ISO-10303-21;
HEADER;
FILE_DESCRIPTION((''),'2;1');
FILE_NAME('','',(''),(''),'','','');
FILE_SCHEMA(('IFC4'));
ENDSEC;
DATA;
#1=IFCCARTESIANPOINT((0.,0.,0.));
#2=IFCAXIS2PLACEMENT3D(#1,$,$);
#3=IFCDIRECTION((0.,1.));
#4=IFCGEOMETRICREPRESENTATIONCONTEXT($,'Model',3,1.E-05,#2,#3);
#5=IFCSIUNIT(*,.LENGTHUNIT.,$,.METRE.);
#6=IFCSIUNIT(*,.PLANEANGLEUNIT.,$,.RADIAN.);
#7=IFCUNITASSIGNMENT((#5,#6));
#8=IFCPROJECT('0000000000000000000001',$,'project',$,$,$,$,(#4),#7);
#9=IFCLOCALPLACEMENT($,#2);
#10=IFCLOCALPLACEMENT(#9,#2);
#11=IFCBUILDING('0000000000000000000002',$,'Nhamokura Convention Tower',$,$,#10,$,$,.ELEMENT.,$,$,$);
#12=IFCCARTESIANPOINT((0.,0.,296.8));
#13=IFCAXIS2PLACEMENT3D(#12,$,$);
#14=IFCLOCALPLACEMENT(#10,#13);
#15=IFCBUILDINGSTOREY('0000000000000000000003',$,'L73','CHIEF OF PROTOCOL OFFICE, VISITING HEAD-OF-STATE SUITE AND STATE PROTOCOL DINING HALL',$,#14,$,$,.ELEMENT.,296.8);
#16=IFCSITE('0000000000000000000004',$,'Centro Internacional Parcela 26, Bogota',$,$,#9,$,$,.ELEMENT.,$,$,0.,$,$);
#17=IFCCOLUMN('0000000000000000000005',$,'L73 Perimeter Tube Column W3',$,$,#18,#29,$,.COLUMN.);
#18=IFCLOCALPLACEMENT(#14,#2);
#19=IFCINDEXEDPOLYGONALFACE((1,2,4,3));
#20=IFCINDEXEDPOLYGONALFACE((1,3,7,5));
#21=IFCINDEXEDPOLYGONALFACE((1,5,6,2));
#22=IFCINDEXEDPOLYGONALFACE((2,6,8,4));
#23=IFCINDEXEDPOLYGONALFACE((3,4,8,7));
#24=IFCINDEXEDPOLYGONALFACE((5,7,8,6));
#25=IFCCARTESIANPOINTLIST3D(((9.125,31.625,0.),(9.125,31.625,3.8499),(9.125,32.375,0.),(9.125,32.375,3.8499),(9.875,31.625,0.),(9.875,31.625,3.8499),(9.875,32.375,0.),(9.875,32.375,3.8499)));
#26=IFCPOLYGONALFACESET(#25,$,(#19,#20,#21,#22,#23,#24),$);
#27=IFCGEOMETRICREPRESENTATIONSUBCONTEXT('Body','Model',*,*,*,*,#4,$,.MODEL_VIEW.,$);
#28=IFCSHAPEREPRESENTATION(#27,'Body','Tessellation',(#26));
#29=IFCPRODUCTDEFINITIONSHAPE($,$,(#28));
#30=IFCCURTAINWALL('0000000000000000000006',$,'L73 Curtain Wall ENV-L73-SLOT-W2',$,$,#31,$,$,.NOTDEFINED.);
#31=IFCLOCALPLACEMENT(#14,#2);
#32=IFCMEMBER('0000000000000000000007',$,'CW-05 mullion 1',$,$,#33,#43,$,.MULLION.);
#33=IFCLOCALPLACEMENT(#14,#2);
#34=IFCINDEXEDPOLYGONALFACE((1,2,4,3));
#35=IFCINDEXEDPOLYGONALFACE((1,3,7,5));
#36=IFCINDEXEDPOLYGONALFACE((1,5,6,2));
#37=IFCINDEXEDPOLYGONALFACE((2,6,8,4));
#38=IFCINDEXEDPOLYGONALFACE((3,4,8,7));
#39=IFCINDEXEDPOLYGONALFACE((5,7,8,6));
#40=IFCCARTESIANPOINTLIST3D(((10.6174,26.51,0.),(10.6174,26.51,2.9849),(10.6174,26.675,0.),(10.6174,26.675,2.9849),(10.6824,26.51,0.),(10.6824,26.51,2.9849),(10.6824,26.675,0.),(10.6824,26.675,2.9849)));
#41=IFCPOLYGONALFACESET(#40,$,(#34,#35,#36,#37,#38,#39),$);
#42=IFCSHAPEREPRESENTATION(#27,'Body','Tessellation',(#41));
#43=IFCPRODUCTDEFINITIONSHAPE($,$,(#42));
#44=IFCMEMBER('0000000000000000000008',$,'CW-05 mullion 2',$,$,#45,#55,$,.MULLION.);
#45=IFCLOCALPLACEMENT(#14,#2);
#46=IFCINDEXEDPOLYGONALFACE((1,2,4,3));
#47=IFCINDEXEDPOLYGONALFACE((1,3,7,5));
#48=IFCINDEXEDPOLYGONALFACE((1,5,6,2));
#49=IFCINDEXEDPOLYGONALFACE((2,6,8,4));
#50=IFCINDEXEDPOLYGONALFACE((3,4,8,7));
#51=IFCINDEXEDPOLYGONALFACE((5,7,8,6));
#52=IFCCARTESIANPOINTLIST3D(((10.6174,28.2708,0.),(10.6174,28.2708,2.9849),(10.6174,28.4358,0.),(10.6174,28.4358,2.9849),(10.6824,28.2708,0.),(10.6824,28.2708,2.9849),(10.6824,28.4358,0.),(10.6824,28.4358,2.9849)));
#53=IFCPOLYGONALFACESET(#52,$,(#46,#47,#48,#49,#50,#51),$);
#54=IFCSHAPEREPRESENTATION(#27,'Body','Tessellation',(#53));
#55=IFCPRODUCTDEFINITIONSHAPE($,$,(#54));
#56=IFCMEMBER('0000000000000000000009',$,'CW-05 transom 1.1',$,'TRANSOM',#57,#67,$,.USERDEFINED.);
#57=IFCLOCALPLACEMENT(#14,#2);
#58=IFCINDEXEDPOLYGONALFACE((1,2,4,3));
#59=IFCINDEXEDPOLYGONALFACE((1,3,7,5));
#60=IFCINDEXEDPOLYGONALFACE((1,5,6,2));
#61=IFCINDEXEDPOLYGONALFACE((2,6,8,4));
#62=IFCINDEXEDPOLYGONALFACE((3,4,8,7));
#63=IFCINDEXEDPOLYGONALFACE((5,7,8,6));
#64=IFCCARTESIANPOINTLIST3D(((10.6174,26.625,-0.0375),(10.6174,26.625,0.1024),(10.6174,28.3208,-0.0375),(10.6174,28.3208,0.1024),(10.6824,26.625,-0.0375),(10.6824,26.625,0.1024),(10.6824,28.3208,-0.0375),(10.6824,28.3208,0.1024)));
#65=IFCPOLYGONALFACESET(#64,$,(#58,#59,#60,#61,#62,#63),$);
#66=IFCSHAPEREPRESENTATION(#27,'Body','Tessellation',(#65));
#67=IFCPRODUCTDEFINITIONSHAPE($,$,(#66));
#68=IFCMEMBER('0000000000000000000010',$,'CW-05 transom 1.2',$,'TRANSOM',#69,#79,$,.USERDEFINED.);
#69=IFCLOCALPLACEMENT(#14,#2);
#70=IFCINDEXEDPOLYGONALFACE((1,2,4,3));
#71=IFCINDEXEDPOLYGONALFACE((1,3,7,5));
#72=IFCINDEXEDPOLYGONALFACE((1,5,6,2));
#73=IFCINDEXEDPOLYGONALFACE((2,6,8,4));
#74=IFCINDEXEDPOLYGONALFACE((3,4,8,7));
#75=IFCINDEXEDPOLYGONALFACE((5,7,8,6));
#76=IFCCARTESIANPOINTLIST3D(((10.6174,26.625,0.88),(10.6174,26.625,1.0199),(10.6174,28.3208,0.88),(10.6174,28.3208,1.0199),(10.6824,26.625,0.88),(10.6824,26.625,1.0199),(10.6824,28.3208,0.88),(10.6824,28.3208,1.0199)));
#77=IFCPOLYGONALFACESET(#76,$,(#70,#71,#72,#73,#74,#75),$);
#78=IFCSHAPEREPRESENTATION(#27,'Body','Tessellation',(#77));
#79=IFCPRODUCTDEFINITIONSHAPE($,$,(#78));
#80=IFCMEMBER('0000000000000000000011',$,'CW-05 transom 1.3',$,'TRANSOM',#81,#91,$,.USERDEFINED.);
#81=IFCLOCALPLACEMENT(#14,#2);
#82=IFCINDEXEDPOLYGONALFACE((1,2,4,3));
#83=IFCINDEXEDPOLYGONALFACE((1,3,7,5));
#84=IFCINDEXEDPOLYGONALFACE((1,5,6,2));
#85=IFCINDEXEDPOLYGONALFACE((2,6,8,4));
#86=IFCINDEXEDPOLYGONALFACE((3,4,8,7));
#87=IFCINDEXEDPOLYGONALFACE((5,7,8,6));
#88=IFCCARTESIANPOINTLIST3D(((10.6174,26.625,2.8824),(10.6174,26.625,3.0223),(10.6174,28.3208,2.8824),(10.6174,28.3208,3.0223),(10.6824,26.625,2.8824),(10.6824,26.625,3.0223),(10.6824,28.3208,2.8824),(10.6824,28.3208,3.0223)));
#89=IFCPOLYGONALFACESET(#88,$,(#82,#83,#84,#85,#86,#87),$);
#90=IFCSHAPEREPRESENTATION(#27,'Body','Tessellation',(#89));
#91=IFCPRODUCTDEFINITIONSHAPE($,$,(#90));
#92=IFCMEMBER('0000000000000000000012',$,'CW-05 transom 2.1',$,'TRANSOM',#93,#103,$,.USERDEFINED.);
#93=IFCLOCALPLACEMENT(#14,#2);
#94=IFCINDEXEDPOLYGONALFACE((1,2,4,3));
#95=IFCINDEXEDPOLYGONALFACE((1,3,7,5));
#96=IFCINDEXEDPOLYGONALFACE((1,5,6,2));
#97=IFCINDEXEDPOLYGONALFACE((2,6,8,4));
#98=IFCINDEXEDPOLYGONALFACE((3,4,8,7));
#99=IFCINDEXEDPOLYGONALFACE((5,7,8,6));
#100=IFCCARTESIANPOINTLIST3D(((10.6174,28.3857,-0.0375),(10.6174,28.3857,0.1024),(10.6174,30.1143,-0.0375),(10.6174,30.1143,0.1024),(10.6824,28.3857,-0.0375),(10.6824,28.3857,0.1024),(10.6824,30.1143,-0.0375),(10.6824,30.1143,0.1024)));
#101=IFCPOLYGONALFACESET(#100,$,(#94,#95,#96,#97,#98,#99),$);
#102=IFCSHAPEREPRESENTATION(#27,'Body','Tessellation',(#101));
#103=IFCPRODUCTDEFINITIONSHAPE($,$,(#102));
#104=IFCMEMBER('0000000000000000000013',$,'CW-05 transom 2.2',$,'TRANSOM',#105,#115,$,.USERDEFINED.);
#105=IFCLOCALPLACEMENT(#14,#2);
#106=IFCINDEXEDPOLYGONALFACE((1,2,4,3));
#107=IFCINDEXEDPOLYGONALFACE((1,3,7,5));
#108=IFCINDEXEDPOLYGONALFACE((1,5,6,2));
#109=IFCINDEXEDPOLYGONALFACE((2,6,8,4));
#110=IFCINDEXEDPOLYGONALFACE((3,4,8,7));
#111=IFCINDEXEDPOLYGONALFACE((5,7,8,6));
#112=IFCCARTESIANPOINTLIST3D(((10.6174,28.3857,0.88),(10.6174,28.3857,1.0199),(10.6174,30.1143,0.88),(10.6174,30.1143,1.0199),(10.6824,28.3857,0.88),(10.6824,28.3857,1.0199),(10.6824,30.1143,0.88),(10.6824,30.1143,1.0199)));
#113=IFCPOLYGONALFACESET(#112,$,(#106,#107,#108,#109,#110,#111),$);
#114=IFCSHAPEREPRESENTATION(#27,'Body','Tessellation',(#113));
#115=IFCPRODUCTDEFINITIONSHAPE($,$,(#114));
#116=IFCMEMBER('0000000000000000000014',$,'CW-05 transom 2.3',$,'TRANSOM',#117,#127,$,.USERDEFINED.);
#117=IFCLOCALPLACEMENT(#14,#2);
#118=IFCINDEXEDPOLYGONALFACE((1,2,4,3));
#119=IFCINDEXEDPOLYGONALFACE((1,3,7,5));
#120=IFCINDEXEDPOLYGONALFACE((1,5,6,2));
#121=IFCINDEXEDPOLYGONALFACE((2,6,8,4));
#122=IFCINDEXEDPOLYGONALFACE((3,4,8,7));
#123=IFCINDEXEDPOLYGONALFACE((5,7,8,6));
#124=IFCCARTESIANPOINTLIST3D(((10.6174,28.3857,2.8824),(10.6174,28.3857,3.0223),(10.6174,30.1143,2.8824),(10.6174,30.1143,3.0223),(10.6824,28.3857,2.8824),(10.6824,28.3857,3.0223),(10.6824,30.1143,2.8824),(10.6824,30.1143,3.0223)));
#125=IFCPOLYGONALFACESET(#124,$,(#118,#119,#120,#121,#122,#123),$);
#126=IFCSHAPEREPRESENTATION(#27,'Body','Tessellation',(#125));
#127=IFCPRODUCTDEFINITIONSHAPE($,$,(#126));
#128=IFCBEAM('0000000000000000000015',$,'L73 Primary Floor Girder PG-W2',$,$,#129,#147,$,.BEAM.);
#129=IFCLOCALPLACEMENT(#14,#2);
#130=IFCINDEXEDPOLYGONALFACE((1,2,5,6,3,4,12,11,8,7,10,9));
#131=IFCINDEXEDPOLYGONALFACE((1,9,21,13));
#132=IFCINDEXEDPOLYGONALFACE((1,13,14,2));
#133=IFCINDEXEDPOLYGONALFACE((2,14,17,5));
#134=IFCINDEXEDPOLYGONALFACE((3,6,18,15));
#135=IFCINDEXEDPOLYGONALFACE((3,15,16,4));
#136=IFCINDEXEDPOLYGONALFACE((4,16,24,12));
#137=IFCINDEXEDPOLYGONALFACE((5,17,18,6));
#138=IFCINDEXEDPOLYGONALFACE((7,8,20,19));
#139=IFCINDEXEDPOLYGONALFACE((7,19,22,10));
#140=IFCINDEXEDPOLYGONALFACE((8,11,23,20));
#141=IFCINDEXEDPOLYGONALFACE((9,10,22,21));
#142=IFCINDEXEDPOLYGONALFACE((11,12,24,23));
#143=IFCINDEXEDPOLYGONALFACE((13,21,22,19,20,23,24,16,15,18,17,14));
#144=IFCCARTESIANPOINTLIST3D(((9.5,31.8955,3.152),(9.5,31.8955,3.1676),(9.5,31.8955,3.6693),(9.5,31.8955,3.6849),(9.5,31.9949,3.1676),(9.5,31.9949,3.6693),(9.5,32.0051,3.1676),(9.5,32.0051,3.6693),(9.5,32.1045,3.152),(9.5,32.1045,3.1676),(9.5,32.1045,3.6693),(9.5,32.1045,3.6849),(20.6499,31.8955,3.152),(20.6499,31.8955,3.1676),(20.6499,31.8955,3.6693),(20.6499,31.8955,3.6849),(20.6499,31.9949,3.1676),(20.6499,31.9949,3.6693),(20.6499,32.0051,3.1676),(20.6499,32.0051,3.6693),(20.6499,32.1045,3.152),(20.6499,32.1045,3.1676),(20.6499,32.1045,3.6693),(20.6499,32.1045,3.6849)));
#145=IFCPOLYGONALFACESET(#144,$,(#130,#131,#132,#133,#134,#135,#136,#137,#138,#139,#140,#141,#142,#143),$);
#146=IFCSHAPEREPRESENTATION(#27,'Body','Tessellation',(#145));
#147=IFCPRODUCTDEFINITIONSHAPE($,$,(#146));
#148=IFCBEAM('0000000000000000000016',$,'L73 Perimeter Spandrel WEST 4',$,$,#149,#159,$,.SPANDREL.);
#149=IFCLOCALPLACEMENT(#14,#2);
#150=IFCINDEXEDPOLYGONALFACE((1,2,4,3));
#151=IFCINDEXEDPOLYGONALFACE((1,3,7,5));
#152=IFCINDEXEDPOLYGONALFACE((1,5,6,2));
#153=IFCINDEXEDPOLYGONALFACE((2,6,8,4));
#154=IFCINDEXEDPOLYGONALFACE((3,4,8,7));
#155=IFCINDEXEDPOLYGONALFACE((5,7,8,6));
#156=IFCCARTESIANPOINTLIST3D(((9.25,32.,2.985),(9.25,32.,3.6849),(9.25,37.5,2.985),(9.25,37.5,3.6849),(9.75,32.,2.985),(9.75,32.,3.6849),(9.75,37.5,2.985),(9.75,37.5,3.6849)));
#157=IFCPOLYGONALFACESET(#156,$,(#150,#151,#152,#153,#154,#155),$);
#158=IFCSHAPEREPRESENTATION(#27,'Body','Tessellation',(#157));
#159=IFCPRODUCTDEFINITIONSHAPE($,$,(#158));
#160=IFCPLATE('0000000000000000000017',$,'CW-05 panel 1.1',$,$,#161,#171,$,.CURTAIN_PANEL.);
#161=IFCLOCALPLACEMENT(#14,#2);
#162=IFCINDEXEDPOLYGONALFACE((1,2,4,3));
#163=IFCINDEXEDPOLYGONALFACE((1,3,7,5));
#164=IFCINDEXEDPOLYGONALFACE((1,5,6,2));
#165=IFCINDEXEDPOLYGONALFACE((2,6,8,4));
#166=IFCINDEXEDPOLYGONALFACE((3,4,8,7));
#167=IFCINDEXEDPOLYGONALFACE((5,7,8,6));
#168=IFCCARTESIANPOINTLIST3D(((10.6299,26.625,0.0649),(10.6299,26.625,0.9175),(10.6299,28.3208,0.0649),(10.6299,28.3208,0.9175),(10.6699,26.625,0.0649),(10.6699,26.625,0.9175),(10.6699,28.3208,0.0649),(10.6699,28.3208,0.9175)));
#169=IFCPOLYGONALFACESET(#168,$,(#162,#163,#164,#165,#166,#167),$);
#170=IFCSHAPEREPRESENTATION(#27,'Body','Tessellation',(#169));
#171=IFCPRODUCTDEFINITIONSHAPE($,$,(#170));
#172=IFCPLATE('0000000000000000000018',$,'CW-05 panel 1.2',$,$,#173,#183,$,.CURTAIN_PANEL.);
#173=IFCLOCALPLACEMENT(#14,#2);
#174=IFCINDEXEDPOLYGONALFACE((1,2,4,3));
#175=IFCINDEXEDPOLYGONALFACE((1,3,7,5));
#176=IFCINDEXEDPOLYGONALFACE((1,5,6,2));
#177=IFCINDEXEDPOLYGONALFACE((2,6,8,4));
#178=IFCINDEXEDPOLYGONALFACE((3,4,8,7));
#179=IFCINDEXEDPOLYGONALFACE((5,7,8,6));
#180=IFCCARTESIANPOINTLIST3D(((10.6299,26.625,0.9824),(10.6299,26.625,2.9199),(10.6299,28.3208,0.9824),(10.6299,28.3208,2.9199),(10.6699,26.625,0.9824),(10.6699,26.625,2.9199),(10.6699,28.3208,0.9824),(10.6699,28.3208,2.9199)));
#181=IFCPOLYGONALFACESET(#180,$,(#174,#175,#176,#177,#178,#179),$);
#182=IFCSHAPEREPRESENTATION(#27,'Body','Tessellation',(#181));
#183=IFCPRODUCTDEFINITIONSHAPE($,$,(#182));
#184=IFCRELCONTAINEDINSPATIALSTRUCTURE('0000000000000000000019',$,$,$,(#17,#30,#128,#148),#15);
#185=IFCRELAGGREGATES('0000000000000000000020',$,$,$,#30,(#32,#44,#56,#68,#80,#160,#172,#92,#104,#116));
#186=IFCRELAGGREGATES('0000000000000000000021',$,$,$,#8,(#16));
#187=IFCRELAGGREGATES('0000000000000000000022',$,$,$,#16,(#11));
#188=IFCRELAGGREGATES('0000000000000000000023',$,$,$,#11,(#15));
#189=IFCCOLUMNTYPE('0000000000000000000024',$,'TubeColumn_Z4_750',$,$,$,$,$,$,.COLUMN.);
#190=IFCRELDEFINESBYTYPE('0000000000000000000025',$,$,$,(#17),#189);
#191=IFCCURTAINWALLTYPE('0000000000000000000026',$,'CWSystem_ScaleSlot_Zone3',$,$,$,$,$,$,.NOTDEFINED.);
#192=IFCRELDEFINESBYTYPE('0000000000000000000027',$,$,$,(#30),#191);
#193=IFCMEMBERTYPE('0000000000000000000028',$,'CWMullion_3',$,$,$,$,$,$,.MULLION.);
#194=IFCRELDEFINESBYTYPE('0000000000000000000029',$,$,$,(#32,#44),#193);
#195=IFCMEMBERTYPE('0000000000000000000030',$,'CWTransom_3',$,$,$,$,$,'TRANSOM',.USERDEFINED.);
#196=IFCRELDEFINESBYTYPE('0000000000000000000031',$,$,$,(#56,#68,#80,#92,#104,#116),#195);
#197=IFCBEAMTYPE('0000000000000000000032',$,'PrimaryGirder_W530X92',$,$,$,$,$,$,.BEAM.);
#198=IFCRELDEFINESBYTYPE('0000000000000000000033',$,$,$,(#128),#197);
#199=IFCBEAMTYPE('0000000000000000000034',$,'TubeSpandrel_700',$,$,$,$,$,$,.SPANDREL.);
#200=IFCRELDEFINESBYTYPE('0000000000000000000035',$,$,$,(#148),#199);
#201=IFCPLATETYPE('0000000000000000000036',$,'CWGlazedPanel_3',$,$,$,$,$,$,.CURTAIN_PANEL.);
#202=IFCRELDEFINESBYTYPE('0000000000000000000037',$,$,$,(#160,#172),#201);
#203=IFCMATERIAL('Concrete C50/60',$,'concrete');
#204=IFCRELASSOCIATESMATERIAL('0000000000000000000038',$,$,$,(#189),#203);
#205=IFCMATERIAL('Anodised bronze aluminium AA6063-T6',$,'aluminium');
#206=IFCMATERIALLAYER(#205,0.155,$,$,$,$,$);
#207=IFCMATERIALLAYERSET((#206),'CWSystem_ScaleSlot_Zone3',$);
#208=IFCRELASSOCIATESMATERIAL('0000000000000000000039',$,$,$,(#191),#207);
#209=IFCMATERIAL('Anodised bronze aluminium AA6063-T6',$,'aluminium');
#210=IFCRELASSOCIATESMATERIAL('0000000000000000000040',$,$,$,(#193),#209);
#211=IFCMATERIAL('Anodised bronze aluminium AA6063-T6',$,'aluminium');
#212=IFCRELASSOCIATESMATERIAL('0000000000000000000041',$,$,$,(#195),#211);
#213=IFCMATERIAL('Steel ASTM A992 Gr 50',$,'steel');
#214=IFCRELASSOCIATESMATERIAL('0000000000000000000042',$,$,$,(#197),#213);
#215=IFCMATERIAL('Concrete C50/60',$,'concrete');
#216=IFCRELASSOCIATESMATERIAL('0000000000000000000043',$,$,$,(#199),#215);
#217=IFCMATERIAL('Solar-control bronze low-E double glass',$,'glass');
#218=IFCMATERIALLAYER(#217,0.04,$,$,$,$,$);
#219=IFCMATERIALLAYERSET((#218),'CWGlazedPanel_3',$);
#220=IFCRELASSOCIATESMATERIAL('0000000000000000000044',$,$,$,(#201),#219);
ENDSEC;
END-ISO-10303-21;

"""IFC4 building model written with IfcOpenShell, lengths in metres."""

from ifc_helpers import new_model, si_unit, direction, frame, origin, origin_2d, place, context, subcontext, project, spatial, rectangle, i_section, extrude, material, layer, layer_set, material_profile, profile_set, type_object, element, aggregate, save


model = new_model("IFC4")

# Units and contexts
model_context = context("Model", 3, precision=1e-05, world=origin(), true_north=direction((0.0, 1.0)))
body_context = subcontext(model_context, "Body", "Model", "MODEL_VIEW")
ifc_project = project(units=[si_unit("LENGTHUNIT", "METRE"), si_unit("PLANEANGLEUNIT", "RADIAN")], contexts=[model_context])

# Site, building, storey
site_placement = place(None, origin())
site = spatial("IfcSite", under=ifc_project, at=site_placement, Name="Centro Internacional Parcela 26, Bogota", CompositionType="ELEMENT", RefElevation=0.0)
building_placement = place(site_placement, origin())
building = spatial("IfcBuilding", under=site, at=building_placement, Name="Nhamokura Convention Tower", CompositionType="ELEMENT")
storey_placement = place(building_placement, frame((0.0, 0.0, 296.8)))
storey = spatial("IfcBuildingStorey", under=building, at=storey_placement, Name="L73", Description="CHIEF OF PROTOCOL OFFICE, VISITING HEAD-OF-STATE SUITE AND STATE PROTOCOL DINING HALL", CompositionType="ELEMENT", Elevation=296.8)

# Column
ifc_material_1 = material(Name="Concrete C50/60", Category="concrete")
ifc_material_profile_1 = material_profile(ifc_material_1, rectangle(XDim=0.75, YDim=0.75, at=origin_2d()))
ifc_profile_set_1 = profile_set([ifc_material_profile_1], Name="Concrete C50/60")
column_type = type_object("IfcColumnType", Name="TubeColumn_Z4_750", PredefinedType="COLUMN", material=ifc_profile_set_1)
column_placement = place(storey_placement, frame((9.5, 32.0, 0.0), z_axis=(0.0, 0.0, 1.0), x_axis=(1.0, 0.0, 0.0)))
element("IfcColumn", 1, at=column_placement, inside=storey, type_object=column_type, Name="L73 Perimeter Tube Column W3", PredefinedType="COLUMN", context=body_context, shape_type="SweptSolid", body=[
    extrude(rectangle(XDim=0.75, YDim=0.75, at=origin_2d()), origin(), (0.0, 0.0, 1.0), 3.8499),
])

# Curtain wall, members
ifc_material_2 = material(Name="Anodised bronze aluminium AA6063-T6", Category="aluminium")
ifc_layer_1 = layer(ifc_material_2, 0.155)
ifc_layer_set_1 = layer_set([ifc_layer_1], Name="CWSystem_ScaleSlot_Zone3")
curtain_wall_type = type_object("IfcCurtainWallType", Name="CWSystem_ScaleSlot_Zone3", PredefinedType="NOTDEFINED", material=ifc_layer_set_1)
curtain_wall_placement = place(storey_placement, origin())
curtain_wall = element("IfcCurtainWall", 2, at=curtain_wall_placement, inside=storey, type_object=curtain_wall_type, Name="L73 Curtain Wall ENV-L73-SLOT-W2", PredefinedType="NOTDEFINED")
ifc_material_3 = material(Name="Anodised bronze aluminium AA6063-T6", Category="aluminium")
ifc_material_profile_2 = material_profile(ifc_material_3, rectangle(XDim=0.0649, YDim=0.165, at=origin_2d()))
ifc_profile_set_2 = profile_set([ifc_material_profile_2], Name="Anodised bronze aluminium AA6063-T6")
member_type_1 = type_object("IfcMemberType", Name="CWMullion_3", PredefinedType="MULLION", material=ifc_profile_set_2)
member_1_placement = place(storey_placement, frame((10.6499, 26.5925, 0.0), z_axis=(0.0, 0.0, 1.0), x_axis=(-1.0, 0.0, 0.0)))
member_1 = element("IfcMember", 3, at=member_1_placement, type_object=member_type_1, Name="CW-05 mullion 1", PredefinedType="MULLION", context=body_context, shape_type="SweptSolid", body=[
    extrude(rectangle(XDim=0.0649, YDim=0.165, at=origin_2d()), origin(), (0.0, 0.0, 1.0), 2.9849),
])
member_2_placement = place(storey_placement, frame((10.6499, 28.3533, 0.0), z_axis=(0.0, 0.0, 1.0), x_axis=(-1.0, 0.0, 0.0)))
member_2 = element("IfcMember", 4, at=member_2_placement, type_object=member_type_1, Name="CW-05 mullion 2", PredefinedType="MULLION", context=body_context, shape_type="SweptSolid", body=[
    extrude(rectangle(XDim=0.0649, YDim=0.165, at=origin_2d()), origin(), (0.0, 0.0, 1.0), 2.9849),
])
ifc_material_4 = material(Name="Anodised bronze aluminium AA6063-T6", Category="aluminium")
ifc_material_profile_3 = material_profile(ifc_material_4, rectangle(XDim=0.0649, YDim=0.1399, at=origin_2d()))
ifc_profile_set_3 = profile_set([ifc_material_profile_3], Name="Anodised bronze aluminium AA6063-T6")
member_type_2 = type_object("IfcMemberType", Name="CWTransom_3", ElementType="TRANSOM", PredefinedType="USERDEFINED", material=ifc_profile_set_3)
member_3_placement = place(storey_placement, frame((10.6499, 26.625, 0.0325), z_axis=(0.0, 1.0, 0.0), x_axis=(-1.0, 0.0, 0.0)))
member_3 = element("IfcMember", 5, at=member_3_placement, type_object=member_type_2, Name="CW-05 transom 1.1", ObjectType="TRANSOM", PredefinedType="USERDEFINED", context=body_context, shape_type="SweptSolid", body=[
    extrude(rectangle(XDim=0.0649, YDim=0.1399, at=origin_2d()), origin(), (0.0, 0.0, 1.0), 1.6958),
])
member_4_placement = place(storey_placement, frame((10.6499, 26.625, 0.95), z_axis=(0.0, 1.0, 0.0), x_axis=(-1.0, 0.0, 0.0)))
member_4 = element("IfcMember", 6, at=member_4_placement, type_object=member_type_2, Name="CW-05 transom 1.2", ObjectType="TRANSOM", PredefinedType="USERDEFINED", context=body_context, shape_type="SweptSolid", body=[
    extrude(rectangle(XDim=0.0649, YDim=0.1399, at=origin_2d()), origin(), (0.0, 0.0, 1.0), 1.6958),
])
member_5_placement = place(storey_placement, frame((10.6499, 26.625, 2.9524), z_axis=(0.0, 1.0, 0.0), x_axis=(-1.0, 0.0, 0.0)))
member_5 = element("IfcMember", 7, at=member_5_placement, type_object=member_type_2, Name="CW-05 transom 1.3", ObjectType="TRANSOM", PredefinedType="USERDEFINED", context=body_context, shape_type="SweptSolid", body=[
    extrude(rectangle(XDim=0.0649, YDim=0.1399, at=origin_2d()), origin(), (0.0, 0.0, 1.0), 1.6958),
])
member_6_placement = place(storey_placement, frame((10.6499, 28.3857, 0.0325), z_axis=(0.0, 1.0, 0.0), x_axis=(-1.0, 0.0, 0.0)))
member_6 = element("IfcMember", 8, at=member_6_placement, type_object=member_type_2, Name="CW-05 transom 2.1", ObjectType="TRANSOM", PredefinedType="USERDEFINED", context=body_context, shape_type="SweptSolid", body=[
    extrude(rectangle(XDim=0.0649, YDim=0.1399, at=origin_2d()), origin(), (0.0, 0.0, 1.0), 1.7285),
])
member_7_placement = place(storey_placement, frame((10.6499, 28.3857, 0.95), z_axis=(0.0, 1.0, 0.0), x_axis=(-1.0, 0.0, 0.0)))
member_7 = element("IfcMember", 9, at=member_7_placement, type_object=member_type_2, Name="CW-05 transom 2.2", ObjectType="TRANSOM", PredefinedType="USERDEFINED", context=body_context, shape_type="SweptSolid", body=[
    extrude(rectangle(XDim=0.0649, YDim=0.1399, at=origin_2d()), origin(), (0.0, 0.0, 1.0), 1.7285),
])
member_8_placement = place(storey_placement, frame((10.6499, 28.3857, 2.9524), z_axis=(0.0, 1.0, 0.0), x_axis=(-1.0, 0.0, 0.0)))
member_8 = element("IfcMember", 10, at=member_8_placement, type_object=member_type_2, Name="CW-05 transom 2.3", ObjectType="TRANSOM", PredefinedType="USERDEFINED", context=body_context, shape_type="SweptSolid", body=[
    extrude(rectangle(XDim=0.0649, YDim=0.1399, at=origin_2d()), origin(), (0.0, 0.0, 1.0), 1.7285),
])

# Beams
ifc_material_5 = material(Name="Steel ASTM A992 Gr 50", Category="steel")
ifc_material_profile_4 = material_profile(ifc_material_5, i_section(OverallWidth=0.209, OverallDepth=0.533, WebThickness=0.0103, FlangeThickness=0.0156, at=origin_2d()))
ifc_profile_set_4 = profile_set([ifc_material_profile_4], Name="Steel ASTM A992 Gr 50")
beam_type_1 = type_object("IfcBeamType", Name="PrimaryGirder_W530X92", PredefinedType="BEAM", material=ifc_profile_set_4)
beam_1_placement = place(storey_placement, frame((9.5, 32.0, 3.4185), z_axis=(1.0, 0.0, 0.0), x_axis=(0.0, 1.0, 0.0)))
element("IfcBeam", 11, at=beam_1_placement, inside=storey, type_object=beam_type_1, Name="L73 Primary Floor Girder PG-W2", PredefinedType="BEAM", context=body_context, shape_type="SweptSolid", body=[
    extrude(i_section(OverallWidth=0.209, OverallDepth=0.533, WebThickness=0.0103, FlangeThickness=0.0156, at=origin_2d()), origin(), (0.0, 0.0, 1.0), 11.1499),
])
ifc_material_6 = material(Name="Concrete C50/60", Category="concrete")
ifc_material_profile_5 = material_profile(ifc_material_6, rectangle(XDim=0.5, YDim=0.7, at=origin_2d()))
ifc_profile_set_5 = profile_set([ifc_material_profile_5], Name="Concrete C50/60")
beam_type_2 = type_object("IfcBeamType", Name="TubeSpandrel_700", PredefinedType="SPANDREL", material=ifc_profile_set_5)
beam_2_placement = place(storey_placement, frame((9.5, 32.0, 3.335), z_axis=(0.0, 1.0, 0.0), x_axis=(-1.0, 0.0, 0.0)))
element("IfcBeam", 12, at=beam_2_placement, inside=storey, type_object=beam_type_2, Name="L73 Perimeter Spandrel WEST 4", PredefinedType="SPANDREL", context=body_context, shape_type="SweptSolid", body=[
    extrude(rectangle(XDim=0.5, YDim=0.7, at=origin_2d()), origin(), (0.0, 0.0, 1.0), 5.5),
])

# Plates
ifc_material_7 = material(Name="Solar-control bronze low-E double glass", Category="glass")
ifc_layer_2 = layer(ifc_material_7, 0.04)
ifc_layer_set_2 = layer_set([ifc_layer_2], Name="CWGlazedPanel_3")
plate_type = type_object("IfcPlateType", Name="CWGlazedPanel_3", PredefinedType="CURTAIN_PANEL", material=ifc_layer_set_2)
plate_1_placement = place(storey_placement, frame((10.6499, 27.4729, 0.0649), z_axis=(0.0, 0.0, 1.0), x_axis=(0.0, 1.0, 0.0)))
plate_1 = element("IfcPlate", 13, at=plate_1_placement, type_object=plate_type, Name="CW-05 panel 1.1", PredefinedType="CURTAIN_PANEL", context=body_context, shape_type="SweptSolid", body=[
    extrude(rectangle(XDim=1.6958, YDim=0.04, at=origin_2d()), origin(), (0.0, 0.0, 1.0), 0.8525),
])
plate_2_placement = place(storey_placement, frame((10.6499, 27.4729, 0.9824), z_axis=(0.0, 0.0, 1.0), x_axis=(0.0, 1.0, 0.0)))
plate_2 = element("IfcPlate", 14, at=plate_2_placement, type_object=plate_type, Name="CW-05 panel 1.2", PredefinedType="CURTAIN_PANEL", context=body_context, shape_type="SweptSolid", body=[
    extrude(rectangle(XDim=1.6958, YDim=0.04, at=origin_2d()), origin(), (0.0, 0.0, 1.0), 1.9375),
])
aggregate(curtain_wall, [member_1, member_2, member_3, member_4, member_5, plate_1, plate_2, member_6, member_7, member_8])

save(model, "model.ifc")
